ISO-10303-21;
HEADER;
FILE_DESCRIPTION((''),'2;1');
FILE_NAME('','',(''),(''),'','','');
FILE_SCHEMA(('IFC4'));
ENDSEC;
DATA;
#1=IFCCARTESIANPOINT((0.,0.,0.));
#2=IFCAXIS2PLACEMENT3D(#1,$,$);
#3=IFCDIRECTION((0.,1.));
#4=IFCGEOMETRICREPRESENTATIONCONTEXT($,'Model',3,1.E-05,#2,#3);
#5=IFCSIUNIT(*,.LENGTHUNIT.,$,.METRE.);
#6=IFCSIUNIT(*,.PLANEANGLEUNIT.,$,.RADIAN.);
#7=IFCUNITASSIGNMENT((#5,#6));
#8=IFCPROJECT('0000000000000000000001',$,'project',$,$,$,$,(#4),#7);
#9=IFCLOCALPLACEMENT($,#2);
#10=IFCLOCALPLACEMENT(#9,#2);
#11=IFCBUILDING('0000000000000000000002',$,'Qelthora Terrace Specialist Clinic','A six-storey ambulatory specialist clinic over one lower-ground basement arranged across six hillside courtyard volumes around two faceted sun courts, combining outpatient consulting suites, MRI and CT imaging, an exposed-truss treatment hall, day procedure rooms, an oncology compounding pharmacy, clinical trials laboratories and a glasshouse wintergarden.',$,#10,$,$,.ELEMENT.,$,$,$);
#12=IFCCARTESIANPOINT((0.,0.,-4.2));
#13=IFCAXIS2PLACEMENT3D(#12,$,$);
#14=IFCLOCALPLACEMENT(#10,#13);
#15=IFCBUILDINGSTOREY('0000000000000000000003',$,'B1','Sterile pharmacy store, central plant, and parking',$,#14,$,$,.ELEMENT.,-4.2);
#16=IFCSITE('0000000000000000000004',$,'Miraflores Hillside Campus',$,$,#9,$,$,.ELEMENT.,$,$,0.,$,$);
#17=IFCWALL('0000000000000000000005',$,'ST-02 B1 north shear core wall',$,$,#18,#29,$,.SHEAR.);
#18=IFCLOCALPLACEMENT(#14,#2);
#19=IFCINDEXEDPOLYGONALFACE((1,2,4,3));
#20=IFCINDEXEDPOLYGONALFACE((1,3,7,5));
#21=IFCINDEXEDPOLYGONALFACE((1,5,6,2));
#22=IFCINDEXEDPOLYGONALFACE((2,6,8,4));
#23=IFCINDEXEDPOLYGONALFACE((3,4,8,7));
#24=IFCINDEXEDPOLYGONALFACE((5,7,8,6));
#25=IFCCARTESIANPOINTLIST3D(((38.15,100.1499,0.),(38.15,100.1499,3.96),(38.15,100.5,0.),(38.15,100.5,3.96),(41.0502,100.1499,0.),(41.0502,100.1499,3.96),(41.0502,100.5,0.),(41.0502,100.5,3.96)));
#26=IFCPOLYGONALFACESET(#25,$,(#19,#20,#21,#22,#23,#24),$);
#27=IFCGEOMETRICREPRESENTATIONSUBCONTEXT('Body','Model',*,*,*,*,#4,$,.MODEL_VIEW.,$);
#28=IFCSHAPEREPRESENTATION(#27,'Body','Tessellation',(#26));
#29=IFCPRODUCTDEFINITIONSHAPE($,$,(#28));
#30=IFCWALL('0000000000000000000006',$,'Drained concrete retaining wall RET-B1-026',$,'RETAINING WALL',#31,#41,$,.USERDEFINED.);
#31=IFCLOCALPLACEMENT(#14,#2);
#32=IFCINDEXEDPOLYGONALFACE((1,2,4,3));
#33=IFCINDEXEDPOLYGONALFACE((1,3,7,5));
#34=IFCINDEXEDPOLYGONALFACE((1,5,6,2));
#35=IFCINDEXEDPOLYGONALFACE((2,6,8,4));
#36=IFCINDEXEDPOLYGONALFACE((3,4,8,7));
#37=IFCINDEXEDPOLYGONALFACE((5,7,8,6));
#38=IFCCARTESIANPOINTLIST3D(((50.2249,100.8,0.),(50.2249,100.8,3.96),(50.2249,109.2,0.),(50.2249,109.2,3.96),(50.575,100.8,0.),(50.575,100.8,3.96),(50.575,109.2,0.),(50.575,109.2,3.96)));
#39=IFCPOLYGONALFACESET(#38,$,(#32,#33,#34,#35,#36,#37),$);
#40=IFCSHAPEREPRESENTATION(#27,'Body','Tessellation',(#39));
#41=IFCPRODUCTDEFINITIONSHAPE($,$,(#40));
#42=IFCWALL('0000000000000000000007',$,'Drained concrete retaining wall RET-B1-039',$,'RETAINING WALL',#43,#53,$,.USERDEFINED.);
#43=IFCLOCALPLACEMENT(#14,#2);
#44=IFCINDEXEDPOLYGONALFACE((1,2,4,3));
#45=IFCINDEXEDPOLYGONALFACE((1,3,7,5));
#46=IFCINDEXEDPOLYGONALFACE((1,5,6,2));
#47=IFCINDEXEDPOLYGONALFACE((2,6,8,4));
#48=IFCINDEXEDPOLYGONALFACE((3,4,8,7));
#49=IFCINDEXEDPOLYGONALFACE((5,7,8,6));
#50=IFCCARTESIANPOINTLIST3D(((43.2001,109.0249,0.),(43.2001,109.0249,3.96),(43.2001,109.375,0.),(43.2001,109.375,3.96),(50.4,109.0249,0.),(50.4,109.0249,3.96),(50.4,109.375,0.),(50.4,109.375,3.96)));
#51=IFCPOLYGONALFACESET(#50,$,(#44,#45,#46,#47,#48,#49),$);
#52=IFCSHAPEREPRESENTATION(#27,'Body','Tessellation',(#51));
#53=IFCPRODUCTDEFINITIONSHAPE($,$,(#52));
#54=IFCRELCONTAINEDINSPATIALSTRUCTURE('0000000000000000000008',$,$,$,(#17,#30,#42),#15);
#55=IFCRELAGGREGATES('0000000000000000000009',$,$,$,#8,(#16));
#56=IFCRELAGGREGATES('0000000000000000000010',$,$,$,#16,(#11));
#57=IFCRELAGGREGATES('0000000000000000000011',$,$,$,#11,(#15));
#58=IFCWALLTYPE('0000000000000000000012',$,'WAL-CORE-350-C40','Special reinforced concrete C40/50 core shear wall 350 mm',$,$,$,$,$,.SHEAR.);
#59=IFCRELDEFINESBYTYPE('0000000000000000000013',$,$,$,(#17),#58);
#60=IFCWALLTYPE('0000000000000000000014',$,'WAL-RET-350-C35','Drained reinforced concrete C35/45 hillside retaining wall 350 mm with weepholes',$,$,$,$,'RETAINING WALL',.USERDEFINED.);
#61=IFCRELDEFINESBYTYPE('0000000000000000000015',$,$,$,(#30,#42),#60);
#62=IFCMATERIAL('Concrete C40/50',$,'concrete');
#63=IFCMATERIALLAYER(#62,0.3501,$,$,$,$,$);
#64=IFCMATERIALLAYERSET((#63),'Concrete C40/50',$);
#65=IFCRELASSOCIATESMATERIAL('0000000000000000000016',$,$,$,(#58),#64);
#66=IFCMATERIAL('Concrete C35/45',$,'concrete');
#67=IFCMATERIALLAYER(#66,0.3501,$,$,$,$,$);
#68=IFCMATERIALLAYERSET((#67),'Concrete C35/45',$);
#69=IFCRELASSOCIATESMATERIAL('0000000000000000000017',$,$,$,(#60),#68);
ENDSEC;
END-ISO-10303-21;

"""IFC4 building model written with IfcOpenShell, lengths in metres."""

from ifc_helpers import new_model, si_unit, direction, frame, frame_2d, origin, place, context, subcontext, project, spatial, rectangle, extrude, material, layer, layer_set, type_object, element, save


model = new_model("IFC4")

# Units and contexts
model_context = context("Model", 3, precision=1e-05, world=origin(), true_north=direction((0.0, 1.0)))
body_context = subcontext(model_context, "Body", "Model", "MODEL_VIEW")
ifc_project = project(units=[si_unit("LENGTHUNIT", "METRE"), si_unit("PLANEANGLEUNIT", "RADIAN")], contexts=[model_context])

# Site, building, storey
site_placement = place(None, origin())
site = spatial("IfcSite", under=ifc_project, at=site_placement, Name="Miraflores Hillside Campus", CompositionType="ELEMENT", RefElevation=0.0)
building_placement = place(site_placement, origin())
building = spatial("IfcBuilding", under=site, at=building_placement, Name="Qelthora Terrace Specialist Clinic", Description="A six-storey ambulatory specialist clinic over one lower-ground basement arranged across six hillside courtyard volumes around two faceted sun courts, combining outpatient consulting suites, MRI and CT imaging, an exposed-truss treatment hall, day procedure rooms, an oncology compounding pharmacy, clinical trials laboratories and a glasshouse wintergarden.", CompositionType="ELEMENT")
storey_placement = place(building_placement, frame((0.0, 0.0, -4.2)))
storey = spatial("IfcBuildingStorey", under=building, at=storey_placement, Name="B1", Description="Sterile pharmacy store, central plant, and parking", CompositionType="ELEMENT", Elevation=-4.2)

# Shared definitions
ifc_material_1 = material(Name="Concrete C35/45", Category="concrete")

# Shared definitions
ifc_material_2 = material(Name="Concrete C40/50", Category="concrete")

# Walls
ifc_layer_1 = layer(ifc_material_2, 0.3501)
ifc_layer_set_1 = layer_set([ifc_layer_1], Name="Concrete C40/50")
wall_type_1 = type_object("IfcWallType", Name="WAL-CORE-350-C40", Description="Special reinforced concrete C40/50 core shear wall 350 mm", PredefinedType="SHEAR", material=ifc_layer_set_1)
wall_1_placement = place(storey_placement, frame((38.1499, 100.325, 0.0), z_axis=(0.0, 0.0, 1.0), x_axis=(1.0, 0.0, 0.0)))
element("IfcWall", 1, at=wall_1_placement, inside=storey, type_object=wall_type_1, Name="ST-02 B1 north shear core wall", PredefinedType="SHEAR", context=body_context, shape_type="SweptSolid", body=[
    extrude(rectangle(XDim=2.9001, YDim=0.3501, at=frame_2d((1.4502, 0.0))), origin(), (0.0, 0.0, 1.0), 3.96),
])
ifc_layer_2 = layer(ifc_material_1, 0.3501)
ifc_layer_set_2 = layer_set([ifc_layer_2], Name="Concrete C35/45")
wall_type_2 = type_object("IfcWallType", Name="WAL-RET-350-C35", Description="Drained reinforced concrete C35/45 hillside retaining wall 350 mm with weepholes", ElementType="RETAINING WALL", PredefinedType="USERDEFINED", material=ifc_layer_set_2)
wall_2_placement = place(storey_placement, frame((50.3999, 100.8, 0.0), z_axis=(0.0, 0.0, 1.0), x_axis=(0.0, 1.0, 0.0)))
element("IfcWall", 2, at=wall_2_placement, inside=storey, type_object=wall_type_2, Name="Drained concrete retaining wall RET-B1-026", ObjectType="RETAINING WALL", PredefinedType="USERDEFINED", context=body_context, shape_type="SweptSolid", body=[
    extrude(rectangle(XDim=8.3999, YDim=0.3501, at=frame_2d((4.2, 0.0))), origin(), (0.0, 0.0, 1.0), 3.96),
])
wall_3_placement = place(storey_placement, frame((43.2, 109.2, 0.0), z_axis=(0.0, 0.0, 1.0), x_axis=(1.0, 0.0, 0.0)))
element("IfcWall", 3, at=wall_3_placement, inside=storey, type_object=wall_type_2, Name="Drained concrete retaining wall RET-B1-039", ObjectType="RETAINING WALL", PredefinedType="USERDEFINED", context=body_context, shape_type="SweptSolid", body=[
    extrude(rectangle(XDim=7.2, YDim=0.3501, at=frame_2d((3.6001, 0.0))), origin(), (0.0, 0.0, 1.0), 3.96),
])

save(model, "model.ifc")
